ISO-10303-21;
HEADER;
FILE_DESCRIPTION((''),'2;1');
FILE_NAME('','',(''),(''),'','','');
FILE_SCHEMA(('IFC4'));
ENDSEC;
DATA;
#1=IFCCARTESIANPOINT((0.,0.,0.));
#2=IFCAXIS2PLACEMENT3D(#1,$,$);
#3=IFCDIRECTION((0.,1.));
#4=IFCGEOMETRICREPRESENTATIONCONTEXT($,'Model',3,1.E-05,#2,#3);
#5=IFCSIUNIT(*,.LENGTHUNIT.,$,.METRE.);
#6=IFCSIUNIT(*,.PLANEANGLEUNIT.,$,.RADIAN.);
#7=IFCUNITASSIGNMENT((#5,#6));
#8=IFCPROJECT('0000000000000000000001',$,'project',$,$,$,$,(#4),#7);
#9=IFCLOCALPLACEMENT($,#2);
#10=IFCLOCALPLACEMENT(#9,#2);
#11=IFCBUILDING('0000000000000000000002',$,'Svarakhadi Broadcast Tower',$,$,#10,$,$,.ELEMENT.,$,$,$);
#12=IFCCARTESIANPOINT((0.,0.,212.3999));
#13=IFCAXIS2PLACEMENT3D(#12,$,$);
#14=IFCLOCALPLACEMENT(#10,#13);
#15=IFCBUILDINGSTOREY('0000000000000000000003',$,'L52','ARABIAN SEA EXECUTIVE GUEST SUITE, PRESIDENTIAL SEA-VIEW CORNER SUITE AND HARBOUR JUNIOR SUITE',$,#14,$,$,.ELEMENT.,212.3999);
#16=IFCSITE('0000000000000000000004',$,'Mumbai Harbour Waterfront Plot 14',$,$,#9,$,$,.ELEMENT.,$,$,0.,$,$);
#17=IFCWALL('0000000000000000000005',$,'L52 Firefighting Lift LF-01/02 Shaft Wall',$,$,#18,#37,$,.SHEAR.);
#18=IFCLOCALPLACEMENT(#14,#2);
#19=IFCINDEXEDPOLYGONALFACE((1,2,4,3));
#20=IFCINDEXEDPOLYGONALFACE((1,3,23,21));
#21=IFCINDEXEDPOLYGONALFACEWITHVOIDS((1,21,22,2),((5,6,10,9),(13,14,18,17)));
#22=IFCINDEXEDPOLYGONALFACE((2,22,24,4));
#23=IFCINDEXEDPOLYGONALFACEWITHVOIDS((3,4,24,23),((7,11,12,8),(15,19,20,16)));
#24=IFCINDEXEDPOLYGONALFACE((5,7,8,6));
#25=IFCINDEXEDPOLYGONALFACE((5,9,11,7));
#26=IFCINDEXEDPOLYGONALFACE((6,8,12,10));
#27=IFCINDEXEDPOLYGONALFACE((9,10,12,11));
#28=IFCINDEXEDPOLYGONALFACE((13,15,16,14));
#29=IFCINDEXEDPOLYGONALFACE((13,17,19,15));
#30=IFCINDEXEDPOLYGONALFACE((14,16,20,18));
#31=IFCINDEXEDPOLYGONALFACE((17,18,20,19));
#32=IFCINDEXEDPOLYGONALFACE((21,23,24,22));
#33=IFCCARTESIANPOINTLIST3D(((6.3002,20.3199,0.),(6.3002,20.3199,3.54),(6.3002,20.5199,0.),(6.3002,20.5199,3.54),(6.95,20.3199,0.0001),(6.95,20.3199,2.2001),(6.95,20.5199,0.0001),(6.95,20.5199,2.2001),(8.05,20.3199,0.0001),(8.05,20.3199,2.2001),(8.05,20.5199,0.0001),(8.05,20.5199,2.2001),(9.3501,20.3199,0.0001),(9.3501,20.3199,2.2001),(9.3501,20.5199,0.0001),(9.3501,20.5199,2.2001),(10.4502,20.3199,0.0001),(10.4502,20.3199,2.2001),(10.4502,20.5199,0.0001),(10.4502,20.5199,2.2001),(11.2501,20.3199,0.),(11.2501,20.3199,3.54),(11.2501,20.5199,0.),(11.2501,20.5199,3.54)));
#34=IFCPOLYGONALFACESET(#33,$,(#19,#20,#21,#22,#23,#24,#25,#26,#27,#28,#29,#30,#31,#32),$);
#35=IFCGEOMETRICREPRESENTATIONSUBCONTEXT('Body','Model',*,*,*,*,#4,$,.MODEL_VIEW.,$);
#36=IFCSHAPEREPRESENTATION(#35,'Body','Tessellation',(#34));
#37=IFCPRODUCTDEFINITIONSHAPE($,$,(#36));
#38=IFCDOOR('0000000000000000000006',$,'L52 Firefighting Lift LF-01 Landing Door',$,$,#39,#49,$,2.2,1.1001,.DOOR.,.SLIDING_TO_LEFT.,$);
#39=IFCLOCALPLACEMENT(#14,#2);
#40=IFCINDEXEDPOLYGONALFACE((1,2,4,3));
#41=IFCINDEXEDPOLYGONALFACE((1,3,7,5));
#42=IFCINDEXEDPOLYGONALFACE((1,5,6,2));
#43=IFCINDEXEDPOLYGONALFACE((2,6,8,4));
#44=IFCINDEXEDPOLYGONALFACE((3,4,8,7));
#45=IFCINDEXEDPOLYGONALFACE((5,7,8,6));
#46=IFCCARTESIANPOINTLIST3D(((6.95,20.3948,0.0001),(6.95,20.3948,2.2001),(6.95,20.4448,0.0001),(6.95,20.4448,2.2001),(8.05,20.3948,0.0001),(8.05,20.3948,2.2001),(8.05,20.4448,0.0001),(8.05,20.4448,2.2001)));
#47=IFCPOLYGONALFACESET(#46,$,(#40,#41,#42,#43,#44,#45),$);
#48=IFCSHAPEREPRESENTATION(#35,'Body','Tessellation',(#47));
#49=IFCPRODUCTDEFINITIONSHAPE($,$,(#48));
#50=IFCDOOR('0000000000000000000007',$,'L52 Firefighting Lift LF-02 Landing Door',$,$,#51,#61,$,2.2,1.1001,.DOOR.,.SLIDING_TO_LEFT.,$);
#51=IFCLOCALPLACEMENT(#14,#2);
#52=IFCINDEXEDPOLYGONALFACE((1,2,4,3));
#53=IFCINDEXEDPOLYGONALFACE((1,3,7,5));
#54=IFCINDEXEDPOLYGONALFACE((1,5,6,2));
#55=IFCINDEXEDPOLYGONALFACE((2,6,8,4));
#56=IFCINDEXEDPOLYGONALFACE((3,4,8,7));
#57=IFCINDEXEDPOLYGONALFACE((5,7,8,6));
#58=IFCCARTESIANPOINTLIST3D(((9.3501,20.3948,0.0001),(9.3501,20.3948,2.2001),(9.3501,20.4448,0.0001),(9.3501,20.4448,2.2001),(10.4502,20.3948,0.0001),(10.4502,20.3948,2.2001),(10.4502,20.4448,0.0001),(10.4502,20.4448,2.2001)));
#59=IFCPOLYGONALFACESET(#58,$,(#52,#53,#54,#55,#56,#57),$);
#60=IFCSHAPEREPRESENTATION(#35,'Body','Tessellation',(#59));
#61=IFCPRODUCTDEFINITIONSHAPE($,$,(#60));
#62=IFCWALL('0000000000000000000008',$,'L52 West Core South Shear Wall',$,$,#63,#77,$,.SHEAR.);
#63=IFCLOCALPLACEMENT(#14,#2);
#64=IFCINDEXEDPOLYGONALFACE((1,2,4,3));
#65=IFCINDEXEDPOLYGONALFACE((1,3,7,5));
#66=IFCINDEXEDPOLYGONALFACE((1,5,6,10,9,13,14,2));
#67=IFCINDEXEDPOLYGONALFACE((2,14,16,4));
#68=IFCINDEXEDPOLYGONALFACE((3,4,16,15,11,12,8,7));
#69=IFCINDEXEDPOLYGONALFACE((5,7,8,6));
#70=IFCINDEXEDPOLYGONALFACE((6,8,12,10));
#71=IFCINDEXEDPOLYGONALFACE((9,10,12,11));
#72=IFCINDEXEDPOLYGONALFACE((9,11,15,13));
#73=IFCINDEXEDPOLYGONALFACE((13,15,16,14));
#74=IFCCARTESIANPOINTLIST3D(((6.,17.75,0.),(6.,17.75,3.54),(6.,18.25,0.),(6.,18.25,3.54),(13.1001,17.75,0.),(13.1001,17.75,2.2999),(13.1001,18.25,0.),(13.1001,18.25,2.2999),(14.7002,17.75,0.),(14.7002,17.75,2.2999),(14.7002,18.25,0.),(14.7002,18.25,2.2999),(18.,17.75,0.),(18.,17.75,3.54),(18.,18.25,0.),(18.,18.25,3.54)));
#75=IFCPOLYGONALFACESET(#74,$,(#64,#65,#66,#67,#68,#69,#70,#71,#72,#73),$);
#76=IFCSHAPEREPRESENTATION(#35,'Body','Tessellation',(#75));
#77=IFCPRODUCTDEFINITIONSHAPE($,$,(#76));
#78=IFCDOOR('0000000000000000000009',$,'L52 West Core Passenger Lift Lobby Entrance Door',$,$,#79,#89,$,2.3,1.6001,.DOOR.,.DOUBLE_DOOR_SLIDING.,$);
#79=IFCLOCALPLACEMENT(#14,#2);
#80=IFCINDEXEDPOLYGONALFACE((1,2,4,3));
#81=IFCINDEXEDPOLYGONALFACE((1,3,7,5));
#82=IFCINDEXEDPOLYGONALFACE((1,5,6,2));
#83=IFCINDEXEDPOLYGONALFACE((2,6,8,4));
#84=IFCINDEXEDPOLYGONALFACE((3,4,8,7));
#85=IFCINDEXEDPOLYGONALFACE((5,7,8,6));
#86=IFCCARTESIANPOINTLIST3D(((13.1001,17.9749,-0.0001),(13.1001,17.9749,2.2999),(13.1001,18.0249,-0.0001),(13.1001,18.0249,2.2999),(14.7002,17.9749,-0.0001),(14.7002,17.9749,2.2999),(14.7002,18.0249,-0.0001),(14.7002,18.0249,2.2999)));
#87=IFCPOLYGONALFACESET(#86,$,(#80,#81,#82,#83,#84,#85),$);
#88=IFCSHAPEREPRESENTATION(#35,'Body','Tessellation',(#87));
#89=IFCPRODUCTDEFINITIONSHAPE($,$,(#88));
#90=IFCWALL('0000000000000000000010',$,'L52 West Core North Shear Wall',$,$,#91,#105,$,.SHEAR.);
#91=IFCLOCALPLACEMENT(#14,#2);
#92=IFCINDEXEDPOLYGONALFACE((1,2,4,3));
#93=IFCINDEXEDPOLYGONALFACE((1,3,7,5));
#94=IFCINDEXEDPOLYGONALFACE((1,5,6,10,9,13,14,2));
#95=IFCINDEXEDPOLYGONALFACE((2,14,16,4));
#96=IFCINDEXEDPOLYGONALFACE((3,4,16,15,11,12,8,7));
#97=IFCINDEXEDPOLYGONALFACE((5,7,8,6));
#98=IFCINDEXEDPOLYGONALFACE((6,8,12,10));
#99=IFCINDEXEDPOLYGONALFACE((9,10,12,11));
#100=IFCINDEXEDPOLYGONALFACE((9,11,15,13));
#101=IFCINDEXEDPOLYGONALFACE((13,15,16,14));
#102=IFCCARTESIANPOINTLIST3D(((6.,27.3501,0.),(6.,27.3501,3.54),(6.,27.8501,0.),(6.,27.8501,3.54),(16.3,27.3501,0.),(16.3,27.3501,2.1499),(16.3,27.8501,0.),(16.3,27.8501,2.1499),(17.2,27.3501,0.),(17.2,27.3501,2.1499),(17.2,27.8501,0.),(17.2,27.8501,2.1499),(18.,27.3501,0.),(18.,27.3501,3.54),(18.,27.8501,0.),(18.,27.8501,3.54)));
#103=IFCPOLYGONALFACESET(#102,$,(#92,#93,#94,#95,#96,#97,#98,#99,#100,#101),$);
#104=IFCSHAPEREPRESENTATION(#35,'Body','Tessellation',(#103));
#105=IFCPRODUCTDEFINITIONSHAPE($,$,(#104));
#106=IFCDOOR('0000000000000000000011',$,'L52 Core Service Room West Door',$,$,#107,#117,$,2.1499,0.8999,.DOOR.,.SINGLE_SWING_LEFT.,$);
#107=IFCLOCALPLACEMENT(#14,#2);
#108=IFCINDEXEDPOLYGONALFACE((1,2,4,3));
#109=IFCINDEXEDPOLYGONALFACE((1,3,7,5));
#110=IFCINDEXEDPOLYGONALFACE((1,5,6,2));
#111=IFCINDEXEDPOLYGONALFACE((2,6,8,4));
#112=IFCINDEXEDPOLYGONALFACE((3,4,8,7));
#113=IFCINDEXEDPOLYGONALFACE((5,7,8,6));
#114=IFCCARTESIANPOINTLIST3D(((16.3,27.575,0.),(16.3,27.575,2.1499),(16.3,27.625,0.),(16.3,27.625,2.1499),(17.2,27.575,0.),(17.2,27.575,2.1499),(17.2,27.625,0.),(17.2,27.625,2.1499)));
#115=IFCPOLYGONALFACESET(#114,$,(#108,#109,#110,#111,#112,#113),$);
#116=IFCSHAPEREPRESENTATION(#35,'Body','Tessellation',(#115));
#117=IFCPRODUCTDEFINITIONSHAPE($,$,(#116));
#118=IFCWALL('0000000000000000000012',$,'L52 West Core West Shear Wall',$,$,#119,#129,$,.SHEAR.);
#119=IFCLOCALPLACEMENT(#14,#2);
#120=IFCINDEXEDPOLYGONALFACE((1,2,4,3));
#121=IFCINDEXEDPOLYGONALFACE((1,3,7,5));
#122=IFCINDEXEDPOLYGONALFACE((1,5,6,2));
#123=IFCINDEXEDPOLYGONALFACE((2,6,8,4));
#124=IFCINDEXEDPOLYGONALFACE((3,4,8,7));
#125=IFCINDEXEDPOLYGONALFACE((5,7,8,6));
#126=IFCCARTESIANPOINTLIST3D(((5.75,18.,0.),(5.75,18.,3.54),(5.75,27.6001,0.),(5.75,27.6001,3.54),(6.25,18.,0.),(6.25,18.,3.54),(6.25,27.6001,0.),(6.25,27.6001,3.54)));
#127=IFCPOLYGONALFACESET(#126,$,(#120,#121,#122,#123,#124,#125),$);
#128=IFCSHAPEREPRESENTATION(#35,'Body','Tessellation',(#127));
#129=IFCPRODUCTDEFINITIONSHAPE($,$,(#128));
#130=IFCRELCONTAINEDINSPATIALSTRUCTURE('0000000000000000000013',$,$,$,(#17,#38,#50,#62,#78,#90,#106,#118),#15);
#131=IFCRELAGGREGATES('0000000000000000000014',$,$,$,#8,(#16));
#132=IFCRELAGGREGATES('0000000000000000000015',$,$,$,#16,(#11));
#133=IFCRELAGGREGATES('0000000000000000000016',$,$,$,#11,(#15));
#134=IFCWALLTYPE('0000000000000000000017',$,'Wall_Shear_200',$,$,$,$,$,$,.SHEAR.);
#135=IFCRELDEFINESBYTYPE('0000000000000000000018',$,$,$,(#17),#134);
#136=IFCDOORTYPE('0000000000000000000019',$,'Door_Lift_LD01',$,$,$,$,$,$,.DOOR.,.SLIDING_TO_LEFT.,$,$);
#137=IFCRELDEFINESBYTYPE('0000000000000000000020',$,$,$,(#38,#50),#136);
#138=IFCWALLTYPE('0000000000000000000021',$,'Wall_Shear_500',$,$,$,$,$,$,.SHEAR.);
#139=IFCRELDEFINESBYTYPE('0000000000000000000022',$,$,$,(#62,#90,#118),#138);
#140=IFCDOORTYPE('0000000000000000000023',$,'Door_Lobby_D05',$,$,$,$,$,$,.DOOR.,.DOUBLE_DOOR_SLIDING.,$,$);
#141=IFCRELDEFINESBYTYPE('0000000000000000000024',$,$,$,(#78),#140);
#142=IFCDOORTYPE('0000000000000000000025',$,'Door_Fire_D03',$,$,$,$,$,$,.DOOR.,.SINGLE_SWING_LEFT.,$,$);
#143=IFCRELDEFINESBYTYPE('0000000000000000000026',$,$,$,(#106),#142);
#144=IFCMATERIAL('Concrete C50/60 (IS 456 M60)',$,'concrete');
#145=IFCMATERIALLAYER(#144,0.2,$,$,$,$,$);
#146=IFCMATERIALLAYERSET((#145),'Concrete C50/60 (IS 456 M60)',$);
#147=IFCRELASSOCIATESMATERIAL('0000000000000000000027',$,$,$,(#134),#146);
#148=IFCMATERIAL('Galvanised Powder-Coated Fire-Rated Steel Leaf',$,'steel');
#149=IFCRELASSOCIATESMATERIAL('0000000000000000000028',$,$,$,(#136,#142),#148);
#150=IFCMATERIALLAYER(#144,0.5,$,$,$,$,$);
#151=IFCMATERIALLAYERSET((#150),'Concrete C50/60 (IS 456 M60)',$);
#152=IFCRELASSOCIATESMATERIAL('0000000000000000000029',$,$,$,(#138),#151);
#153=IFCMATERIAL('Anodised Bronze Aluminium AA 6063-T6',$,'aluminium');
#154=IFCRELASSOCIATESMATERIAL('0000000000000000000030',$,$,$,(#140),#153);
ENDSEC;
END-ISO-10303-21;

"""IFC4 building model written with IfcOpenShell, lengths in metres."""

from ifc_helpers import new_model, si_unit, direction, frame, frame_2d, origin, place, context, subcontext, project, spatial, rectangle, extrude, material, layer, layer_set, type_object, element, fill, save


model = new_model("IFC4")

# Units and contexts
model_context = context("Model", 3, precision=1e-05, world=origin(), true_north=direction((0.0, 1.0)))
body_context = subcontext(model_context, "Body", "Model", "MODEL_VIEW")
ifc_project = project(units=[si_unit("LENGTHUNIT", "METRE"), si_unit("PLANEANGLEUNIT", "RADIAN")], contexts=[model_context])

# Site, building, storey
site_placement = place(None, origin())
site = spatial("IfcSite", under=ifc_project, at=site_placement, Name="Mumbai Harbour Waterfront Plot 14", CompositionType="ELEMENT", RefElevation=0.0)
building_placement = place(site_placement, origin())
building = spatial("IfcBuilding", under=site, at=building_placement, Name="Svarakhadi Broadcast Tower", CompositionType="ELEMENT")
storey_placement = place(building_placement, frame((0.0, 0.0, 212.3999)))
storey = spatial("IfcBuildingStorey", under=building, at=storey_placement, Name="L52", Description="ARABIAN SEA EXECUTIVE GUEST SUITE, PRESIDENTIAL SEA-VIEW CORNER SUITE AND HARBOUR JUNIOR SUITE", CompositionType="ELEMENT", Elevation=212.3999)

# Shared definitions
ifc_material_1 = material(Name="Concrete C50/60 (IS 456 M60)", Category="concrete")

# Shared definitions
ifc_material_2 = material(Name="Anodised Bronze Aluminium AA 6063-T6", Category="aluminium")

# Wall, openings, doors
ifc_layer_1 = layer(ifc_material_1, 0.2)
ifc_layer_set_1 = layer_set([ifc_layer_1], Name="Concrete C50/60 (IS 456 M60)")
wall_type_1 = type_object("IfcWallType", Name="Wall_Shear_200", PredefinedType="SHEAR", material=ifc_layer_set_1)
wall_1_placement = place(storey_placement, frame((6.3, 20.4199, 0.0), z_axis=(0.0, 0.0, 1.0), x_axis=(1.0, 0.0, 0.0)))
wall_1 = element("IfcWall", 1, at=wall_1_placement, inside=storey, type_object=wall_type_1, Name="L52 Firefighting Lift LF-01/02 Shaft Wall", PredefinedType="SHEAR", context=body_context, shape_type="SweptSolid", body=[
    extrude(rectangle(XDim=4.95, YDim=0.2, at=frame_2d((2.4751, 0.0))), origin(), (0.0, 0.0, 1.0), 3.54),
])
opening_1_placement = place(wall_1_placement, frame((0.6499, 0.0, 0.0)))
opening_1 = element("IfcOpeningElement", 2, at=opening_1_placement, cuts=wall_1, PredefinedType="OPENING", context=body_context, shape_type="SweptSolid", body=[
    extrude(rectangle(XDim=1.1001, YDim=2.2, at=frame_2d((0.55, 1.1001))), frame((0.0, 0.1099, 0.0), z_axis=(0.0, -1.0, 0.0), x_axis=(1.0, 0.0, 0.0)), (0.0, 0.0, 1.0), 0.22),
])
opening_2_placement = place(wall_1_placement, frame((3.05, 0.0, 0.0)))
opening_2 = element("IfcOpeningElement", 3, at=opening_2_placement, cuts=wall_1, PredefinedType="OPENING", context=body_context, shape_type="SweptSolid", body=[
    extrude(rectangle(XDim=1.1001, YDim=2.2, at=frame_2d((0.55, 1.1001))), frame((0.0, 0.1099, 0.0), z_axis=(0.0, -1.0, 0.0), x_axis=(1.0, 0.0, 0.0)), (0.0, 0.0, 1.0), 0.22),
])
ifc_material_3 = material(Name="Galvanised Powder-Coated Fire-Rated Steel Leaf", Category="steel")
door_type_1 = type_object("IfcDoorType", Name="Door_Lift_LD01", OperationType="SLIDING_TO_LEFT", PredefinedType="DOOR", material=ifc_material_3)
door_1_placement = place(opening_1_placement, origin())
door_1 = element("IfcDoor", 4, at=door_1_placement, inside=storey, type_object=door_type_1, Name="L52 Firefighting Lift LF-01 Landing Door", OperationType="SLIDING_TO_LEFT", OverallHeight=2.2, OverallWidth=1.1001, PredefinedType="DOOR", context=body_context, shape_type="SweptSolid", body=[
    extrude(rectangle(XDim=1.1001, YDim=2.2, at=frame_2d((0.55, 1.1001))), frame((0.0, 0.0249, 0.0), z_axis=(0.0, -1.0, 0.0), x_axis=(1.0, 0.0, 0.0)), (0.0, 0.0, 1.0), 0.05),
])
fill(opening_1, door_1)
door_2_placement = place(opening_2_placement, origin())
door_2 = element("IfcDoor", 5, at=door_2_placement, inside=storey, type_object=door_type_1, Name="L52 Firefighting Lift LF-02 Landing Door", OperationType="SLIDING_TO_LEFT", OverallHeight=2.2, OverallWidth=1.1001, PredefinedType="DOOR", context=body_context, shape_type="SweptSolid", body=[
    extrude(rectangle(XDim=1.1001, YDim=2.2, at=frame_2d((0.55, 1.1001))), frame((0.0, 0.0249, 0.0), z_axis=(0.0, -1.0, 0.0), x_axis=(1.0, 0.0, 0.0)), (0.0, 0.0, 1.0), 0.05),
])
fill(opening_2, door_2)

# Walls, openings, doors
ifc_layer_2 = layer(ifc_material_1, 0.5)
ifc_layer_set_2 = layer_set([ifc_layer_2], Name="Concrete C50/60 (IS 456 M60)")
wall_type_2 = type_object("IfcWallType", Name="Wall_Shear_500", PredefinedType="SHEAR", material=ifc_layer_set_2)
wall_2_placement = place(storey_placement, frame((6.0, 18.0, 0.0), z_axis=(0.0, 0.0, 1.0), x_axis=(1.0, 0.0, 0.0)))
wall_2 = element("IfcWall", 6, at=wall_2_placement, inside=storey, type_object=wall_type_2, Name="L52 West Core South Shear Wall", PredefinedType="SHEAR", context=body_context, shape_type="SweptSolid", body=[
    extrude(rectangle(XDim=12.0, YDim=0.5, at=frame_2d((6.0, 0.0))), origin(), (0.0, 0.0, 1.0), 3.54),
])
opening_3_placement = place(wall_2_placement, frame((7.1001, 0.0, 0.0)))
opening_3 = element("IfcOpeningElement", 7, at=opening_3_placement, cuts=wall_2, PredefinedType="OPENING", context=body_context, shape_type="SweptSolid", body=[
    extrude(rectangle(XDim=1.6001, YDim=2.3, at=frame_2d((0.8, 1.1499))), frame((0.0, 0.26, 0.0), z_axis=(0.0, -1.0, 0.0), x_axis=(1.0, 0.0, 0.0)), (0.0, 0.0, 1.0), 0.52),
])
door_type_2 = type_object("IfcDoorType", Name="Door_Lobby_D05", OperationType="DOUBLE_DOOR_SLIDING", PredefinedType="DOOR", material=ifc_material_2)
door_3_placement = place(opening_3_placement, origin())
door_3 = element("IfcDoor", 8, at=door_3_placement, inside=storey, type_object=door_type_2, Name="L52 West Core Passenger Lift Lobby Entrance Door", OperationType="DOUBLE_DOOR_SLIDING", OverallHeight=2.3, OverallWidth=1.6001, PredefinedType="DOOR", context=body_context, shape_type="SweptSolid", body=[
    extrude(rectangle(XDim=1.6001, YDim=2.3, at=frame_2d((0.8, 1.1499))), frame((0.0, 0.0249, 0.0), z_axis=(0.0, -1.0, 0.0), x_axis=(1.0, 0.0, 0.0)), (0.0, 0.0, 1.0), 0.05),
])
fill(opening_3, door_3)
wall_3_placement = place(storey_placement, frame((6.0, 27.6001, 0.0), z_axis=(0.0, 0.0, 1.0), x_axis=(1.0, 0.0, 0.0)))
wall_3 = element("IfcWall", 9, at=wall_3_placement, inside=storey, type_object=wall_type_2, Name="L52 West Core North Shear Wall", PredefinedType="SHEAR", context=body_context, shape_type="SweptSolid", body=[
    extrude(rectangle(XDim=12.0, YDim=0.5, at=frame_2d((6.0, 0.0))), origin(), (0.0, 0.0, 1.0), 3.54),
])
opening_4_placement = place(wall_3_placement, frame((10.3, 0.0, 0.0)))
opening_4 = element("IfcOpeningElement", 10, at=opening_4_placement, cuts=wall_3, PredefinedType="OPENING", context=body_context, shape_type="SweptSolid", body=[
    extrude(rectangle(XDim=0.8999, YDim=2.1499, at=frame_2d((0.45, 1.075))), frame((0.0, 0.26, 0.0), z_axis=(0.0, -1.0, 0.0), x_axis=(1.0, 0.0, 0.0)), (0.0, 0.0, 1.0), 0.52),
])
door_type_3 = type_object("IfcDoorType", Name="Door_Fire_D03", OperationType="SINGLE_SWING_LEFT", PredefinedType="DOOR", material=ifc_material_3)
door_4_placement = place(opening_4_placement, origin())
door_4 = element("IfcDoor", 11, at=door_4_placement, inside=storey, type_object=door_type_3, Name="L52 Core Service Room West Door", OperationType="SINGLE_SWING_LEFT", OverallHeight=2.1499, OverallWidth=0.8999, PredefinedType="DOOR", context=body_context, shape_type="SweptSolid", body=[
    extrude(rectangle(XDim=0.8999, YDim=2.1499, at=frame_2d((0.45, 1.075))), frame((0.0, 0.0249, 0.0), z_axis=(0.0, -1.0, 0.0), x_axis=(1.0, 0.0, 0.0)), (0.0, 0.0, 1.0), 0.05),
])
fill(opening_4, door_4)

# Wall
wall_4_placement = place(storey_placement, frame((6.0, 18.0, 0.0), z_axis=(0.0, 0.0, 1.0), x_axis=(0.0, 1.0, 0.0)))
element("IfcWall", 12, at=wall_4_placement, inside=storey, type_object=wall_type_2, Name="L52 West Core West Shear Wall", PredefinedType="SHEAR", context=body_context, shape_type="SweptSolid", body=[
    extrude(rectangle(XDim=9.6001, YDim=0.5, at=frame_2d((4.8, 0.0))), origin(), (0.0, 0.0, 1.0), 3.54),
])

save(model, "model.ifc")
